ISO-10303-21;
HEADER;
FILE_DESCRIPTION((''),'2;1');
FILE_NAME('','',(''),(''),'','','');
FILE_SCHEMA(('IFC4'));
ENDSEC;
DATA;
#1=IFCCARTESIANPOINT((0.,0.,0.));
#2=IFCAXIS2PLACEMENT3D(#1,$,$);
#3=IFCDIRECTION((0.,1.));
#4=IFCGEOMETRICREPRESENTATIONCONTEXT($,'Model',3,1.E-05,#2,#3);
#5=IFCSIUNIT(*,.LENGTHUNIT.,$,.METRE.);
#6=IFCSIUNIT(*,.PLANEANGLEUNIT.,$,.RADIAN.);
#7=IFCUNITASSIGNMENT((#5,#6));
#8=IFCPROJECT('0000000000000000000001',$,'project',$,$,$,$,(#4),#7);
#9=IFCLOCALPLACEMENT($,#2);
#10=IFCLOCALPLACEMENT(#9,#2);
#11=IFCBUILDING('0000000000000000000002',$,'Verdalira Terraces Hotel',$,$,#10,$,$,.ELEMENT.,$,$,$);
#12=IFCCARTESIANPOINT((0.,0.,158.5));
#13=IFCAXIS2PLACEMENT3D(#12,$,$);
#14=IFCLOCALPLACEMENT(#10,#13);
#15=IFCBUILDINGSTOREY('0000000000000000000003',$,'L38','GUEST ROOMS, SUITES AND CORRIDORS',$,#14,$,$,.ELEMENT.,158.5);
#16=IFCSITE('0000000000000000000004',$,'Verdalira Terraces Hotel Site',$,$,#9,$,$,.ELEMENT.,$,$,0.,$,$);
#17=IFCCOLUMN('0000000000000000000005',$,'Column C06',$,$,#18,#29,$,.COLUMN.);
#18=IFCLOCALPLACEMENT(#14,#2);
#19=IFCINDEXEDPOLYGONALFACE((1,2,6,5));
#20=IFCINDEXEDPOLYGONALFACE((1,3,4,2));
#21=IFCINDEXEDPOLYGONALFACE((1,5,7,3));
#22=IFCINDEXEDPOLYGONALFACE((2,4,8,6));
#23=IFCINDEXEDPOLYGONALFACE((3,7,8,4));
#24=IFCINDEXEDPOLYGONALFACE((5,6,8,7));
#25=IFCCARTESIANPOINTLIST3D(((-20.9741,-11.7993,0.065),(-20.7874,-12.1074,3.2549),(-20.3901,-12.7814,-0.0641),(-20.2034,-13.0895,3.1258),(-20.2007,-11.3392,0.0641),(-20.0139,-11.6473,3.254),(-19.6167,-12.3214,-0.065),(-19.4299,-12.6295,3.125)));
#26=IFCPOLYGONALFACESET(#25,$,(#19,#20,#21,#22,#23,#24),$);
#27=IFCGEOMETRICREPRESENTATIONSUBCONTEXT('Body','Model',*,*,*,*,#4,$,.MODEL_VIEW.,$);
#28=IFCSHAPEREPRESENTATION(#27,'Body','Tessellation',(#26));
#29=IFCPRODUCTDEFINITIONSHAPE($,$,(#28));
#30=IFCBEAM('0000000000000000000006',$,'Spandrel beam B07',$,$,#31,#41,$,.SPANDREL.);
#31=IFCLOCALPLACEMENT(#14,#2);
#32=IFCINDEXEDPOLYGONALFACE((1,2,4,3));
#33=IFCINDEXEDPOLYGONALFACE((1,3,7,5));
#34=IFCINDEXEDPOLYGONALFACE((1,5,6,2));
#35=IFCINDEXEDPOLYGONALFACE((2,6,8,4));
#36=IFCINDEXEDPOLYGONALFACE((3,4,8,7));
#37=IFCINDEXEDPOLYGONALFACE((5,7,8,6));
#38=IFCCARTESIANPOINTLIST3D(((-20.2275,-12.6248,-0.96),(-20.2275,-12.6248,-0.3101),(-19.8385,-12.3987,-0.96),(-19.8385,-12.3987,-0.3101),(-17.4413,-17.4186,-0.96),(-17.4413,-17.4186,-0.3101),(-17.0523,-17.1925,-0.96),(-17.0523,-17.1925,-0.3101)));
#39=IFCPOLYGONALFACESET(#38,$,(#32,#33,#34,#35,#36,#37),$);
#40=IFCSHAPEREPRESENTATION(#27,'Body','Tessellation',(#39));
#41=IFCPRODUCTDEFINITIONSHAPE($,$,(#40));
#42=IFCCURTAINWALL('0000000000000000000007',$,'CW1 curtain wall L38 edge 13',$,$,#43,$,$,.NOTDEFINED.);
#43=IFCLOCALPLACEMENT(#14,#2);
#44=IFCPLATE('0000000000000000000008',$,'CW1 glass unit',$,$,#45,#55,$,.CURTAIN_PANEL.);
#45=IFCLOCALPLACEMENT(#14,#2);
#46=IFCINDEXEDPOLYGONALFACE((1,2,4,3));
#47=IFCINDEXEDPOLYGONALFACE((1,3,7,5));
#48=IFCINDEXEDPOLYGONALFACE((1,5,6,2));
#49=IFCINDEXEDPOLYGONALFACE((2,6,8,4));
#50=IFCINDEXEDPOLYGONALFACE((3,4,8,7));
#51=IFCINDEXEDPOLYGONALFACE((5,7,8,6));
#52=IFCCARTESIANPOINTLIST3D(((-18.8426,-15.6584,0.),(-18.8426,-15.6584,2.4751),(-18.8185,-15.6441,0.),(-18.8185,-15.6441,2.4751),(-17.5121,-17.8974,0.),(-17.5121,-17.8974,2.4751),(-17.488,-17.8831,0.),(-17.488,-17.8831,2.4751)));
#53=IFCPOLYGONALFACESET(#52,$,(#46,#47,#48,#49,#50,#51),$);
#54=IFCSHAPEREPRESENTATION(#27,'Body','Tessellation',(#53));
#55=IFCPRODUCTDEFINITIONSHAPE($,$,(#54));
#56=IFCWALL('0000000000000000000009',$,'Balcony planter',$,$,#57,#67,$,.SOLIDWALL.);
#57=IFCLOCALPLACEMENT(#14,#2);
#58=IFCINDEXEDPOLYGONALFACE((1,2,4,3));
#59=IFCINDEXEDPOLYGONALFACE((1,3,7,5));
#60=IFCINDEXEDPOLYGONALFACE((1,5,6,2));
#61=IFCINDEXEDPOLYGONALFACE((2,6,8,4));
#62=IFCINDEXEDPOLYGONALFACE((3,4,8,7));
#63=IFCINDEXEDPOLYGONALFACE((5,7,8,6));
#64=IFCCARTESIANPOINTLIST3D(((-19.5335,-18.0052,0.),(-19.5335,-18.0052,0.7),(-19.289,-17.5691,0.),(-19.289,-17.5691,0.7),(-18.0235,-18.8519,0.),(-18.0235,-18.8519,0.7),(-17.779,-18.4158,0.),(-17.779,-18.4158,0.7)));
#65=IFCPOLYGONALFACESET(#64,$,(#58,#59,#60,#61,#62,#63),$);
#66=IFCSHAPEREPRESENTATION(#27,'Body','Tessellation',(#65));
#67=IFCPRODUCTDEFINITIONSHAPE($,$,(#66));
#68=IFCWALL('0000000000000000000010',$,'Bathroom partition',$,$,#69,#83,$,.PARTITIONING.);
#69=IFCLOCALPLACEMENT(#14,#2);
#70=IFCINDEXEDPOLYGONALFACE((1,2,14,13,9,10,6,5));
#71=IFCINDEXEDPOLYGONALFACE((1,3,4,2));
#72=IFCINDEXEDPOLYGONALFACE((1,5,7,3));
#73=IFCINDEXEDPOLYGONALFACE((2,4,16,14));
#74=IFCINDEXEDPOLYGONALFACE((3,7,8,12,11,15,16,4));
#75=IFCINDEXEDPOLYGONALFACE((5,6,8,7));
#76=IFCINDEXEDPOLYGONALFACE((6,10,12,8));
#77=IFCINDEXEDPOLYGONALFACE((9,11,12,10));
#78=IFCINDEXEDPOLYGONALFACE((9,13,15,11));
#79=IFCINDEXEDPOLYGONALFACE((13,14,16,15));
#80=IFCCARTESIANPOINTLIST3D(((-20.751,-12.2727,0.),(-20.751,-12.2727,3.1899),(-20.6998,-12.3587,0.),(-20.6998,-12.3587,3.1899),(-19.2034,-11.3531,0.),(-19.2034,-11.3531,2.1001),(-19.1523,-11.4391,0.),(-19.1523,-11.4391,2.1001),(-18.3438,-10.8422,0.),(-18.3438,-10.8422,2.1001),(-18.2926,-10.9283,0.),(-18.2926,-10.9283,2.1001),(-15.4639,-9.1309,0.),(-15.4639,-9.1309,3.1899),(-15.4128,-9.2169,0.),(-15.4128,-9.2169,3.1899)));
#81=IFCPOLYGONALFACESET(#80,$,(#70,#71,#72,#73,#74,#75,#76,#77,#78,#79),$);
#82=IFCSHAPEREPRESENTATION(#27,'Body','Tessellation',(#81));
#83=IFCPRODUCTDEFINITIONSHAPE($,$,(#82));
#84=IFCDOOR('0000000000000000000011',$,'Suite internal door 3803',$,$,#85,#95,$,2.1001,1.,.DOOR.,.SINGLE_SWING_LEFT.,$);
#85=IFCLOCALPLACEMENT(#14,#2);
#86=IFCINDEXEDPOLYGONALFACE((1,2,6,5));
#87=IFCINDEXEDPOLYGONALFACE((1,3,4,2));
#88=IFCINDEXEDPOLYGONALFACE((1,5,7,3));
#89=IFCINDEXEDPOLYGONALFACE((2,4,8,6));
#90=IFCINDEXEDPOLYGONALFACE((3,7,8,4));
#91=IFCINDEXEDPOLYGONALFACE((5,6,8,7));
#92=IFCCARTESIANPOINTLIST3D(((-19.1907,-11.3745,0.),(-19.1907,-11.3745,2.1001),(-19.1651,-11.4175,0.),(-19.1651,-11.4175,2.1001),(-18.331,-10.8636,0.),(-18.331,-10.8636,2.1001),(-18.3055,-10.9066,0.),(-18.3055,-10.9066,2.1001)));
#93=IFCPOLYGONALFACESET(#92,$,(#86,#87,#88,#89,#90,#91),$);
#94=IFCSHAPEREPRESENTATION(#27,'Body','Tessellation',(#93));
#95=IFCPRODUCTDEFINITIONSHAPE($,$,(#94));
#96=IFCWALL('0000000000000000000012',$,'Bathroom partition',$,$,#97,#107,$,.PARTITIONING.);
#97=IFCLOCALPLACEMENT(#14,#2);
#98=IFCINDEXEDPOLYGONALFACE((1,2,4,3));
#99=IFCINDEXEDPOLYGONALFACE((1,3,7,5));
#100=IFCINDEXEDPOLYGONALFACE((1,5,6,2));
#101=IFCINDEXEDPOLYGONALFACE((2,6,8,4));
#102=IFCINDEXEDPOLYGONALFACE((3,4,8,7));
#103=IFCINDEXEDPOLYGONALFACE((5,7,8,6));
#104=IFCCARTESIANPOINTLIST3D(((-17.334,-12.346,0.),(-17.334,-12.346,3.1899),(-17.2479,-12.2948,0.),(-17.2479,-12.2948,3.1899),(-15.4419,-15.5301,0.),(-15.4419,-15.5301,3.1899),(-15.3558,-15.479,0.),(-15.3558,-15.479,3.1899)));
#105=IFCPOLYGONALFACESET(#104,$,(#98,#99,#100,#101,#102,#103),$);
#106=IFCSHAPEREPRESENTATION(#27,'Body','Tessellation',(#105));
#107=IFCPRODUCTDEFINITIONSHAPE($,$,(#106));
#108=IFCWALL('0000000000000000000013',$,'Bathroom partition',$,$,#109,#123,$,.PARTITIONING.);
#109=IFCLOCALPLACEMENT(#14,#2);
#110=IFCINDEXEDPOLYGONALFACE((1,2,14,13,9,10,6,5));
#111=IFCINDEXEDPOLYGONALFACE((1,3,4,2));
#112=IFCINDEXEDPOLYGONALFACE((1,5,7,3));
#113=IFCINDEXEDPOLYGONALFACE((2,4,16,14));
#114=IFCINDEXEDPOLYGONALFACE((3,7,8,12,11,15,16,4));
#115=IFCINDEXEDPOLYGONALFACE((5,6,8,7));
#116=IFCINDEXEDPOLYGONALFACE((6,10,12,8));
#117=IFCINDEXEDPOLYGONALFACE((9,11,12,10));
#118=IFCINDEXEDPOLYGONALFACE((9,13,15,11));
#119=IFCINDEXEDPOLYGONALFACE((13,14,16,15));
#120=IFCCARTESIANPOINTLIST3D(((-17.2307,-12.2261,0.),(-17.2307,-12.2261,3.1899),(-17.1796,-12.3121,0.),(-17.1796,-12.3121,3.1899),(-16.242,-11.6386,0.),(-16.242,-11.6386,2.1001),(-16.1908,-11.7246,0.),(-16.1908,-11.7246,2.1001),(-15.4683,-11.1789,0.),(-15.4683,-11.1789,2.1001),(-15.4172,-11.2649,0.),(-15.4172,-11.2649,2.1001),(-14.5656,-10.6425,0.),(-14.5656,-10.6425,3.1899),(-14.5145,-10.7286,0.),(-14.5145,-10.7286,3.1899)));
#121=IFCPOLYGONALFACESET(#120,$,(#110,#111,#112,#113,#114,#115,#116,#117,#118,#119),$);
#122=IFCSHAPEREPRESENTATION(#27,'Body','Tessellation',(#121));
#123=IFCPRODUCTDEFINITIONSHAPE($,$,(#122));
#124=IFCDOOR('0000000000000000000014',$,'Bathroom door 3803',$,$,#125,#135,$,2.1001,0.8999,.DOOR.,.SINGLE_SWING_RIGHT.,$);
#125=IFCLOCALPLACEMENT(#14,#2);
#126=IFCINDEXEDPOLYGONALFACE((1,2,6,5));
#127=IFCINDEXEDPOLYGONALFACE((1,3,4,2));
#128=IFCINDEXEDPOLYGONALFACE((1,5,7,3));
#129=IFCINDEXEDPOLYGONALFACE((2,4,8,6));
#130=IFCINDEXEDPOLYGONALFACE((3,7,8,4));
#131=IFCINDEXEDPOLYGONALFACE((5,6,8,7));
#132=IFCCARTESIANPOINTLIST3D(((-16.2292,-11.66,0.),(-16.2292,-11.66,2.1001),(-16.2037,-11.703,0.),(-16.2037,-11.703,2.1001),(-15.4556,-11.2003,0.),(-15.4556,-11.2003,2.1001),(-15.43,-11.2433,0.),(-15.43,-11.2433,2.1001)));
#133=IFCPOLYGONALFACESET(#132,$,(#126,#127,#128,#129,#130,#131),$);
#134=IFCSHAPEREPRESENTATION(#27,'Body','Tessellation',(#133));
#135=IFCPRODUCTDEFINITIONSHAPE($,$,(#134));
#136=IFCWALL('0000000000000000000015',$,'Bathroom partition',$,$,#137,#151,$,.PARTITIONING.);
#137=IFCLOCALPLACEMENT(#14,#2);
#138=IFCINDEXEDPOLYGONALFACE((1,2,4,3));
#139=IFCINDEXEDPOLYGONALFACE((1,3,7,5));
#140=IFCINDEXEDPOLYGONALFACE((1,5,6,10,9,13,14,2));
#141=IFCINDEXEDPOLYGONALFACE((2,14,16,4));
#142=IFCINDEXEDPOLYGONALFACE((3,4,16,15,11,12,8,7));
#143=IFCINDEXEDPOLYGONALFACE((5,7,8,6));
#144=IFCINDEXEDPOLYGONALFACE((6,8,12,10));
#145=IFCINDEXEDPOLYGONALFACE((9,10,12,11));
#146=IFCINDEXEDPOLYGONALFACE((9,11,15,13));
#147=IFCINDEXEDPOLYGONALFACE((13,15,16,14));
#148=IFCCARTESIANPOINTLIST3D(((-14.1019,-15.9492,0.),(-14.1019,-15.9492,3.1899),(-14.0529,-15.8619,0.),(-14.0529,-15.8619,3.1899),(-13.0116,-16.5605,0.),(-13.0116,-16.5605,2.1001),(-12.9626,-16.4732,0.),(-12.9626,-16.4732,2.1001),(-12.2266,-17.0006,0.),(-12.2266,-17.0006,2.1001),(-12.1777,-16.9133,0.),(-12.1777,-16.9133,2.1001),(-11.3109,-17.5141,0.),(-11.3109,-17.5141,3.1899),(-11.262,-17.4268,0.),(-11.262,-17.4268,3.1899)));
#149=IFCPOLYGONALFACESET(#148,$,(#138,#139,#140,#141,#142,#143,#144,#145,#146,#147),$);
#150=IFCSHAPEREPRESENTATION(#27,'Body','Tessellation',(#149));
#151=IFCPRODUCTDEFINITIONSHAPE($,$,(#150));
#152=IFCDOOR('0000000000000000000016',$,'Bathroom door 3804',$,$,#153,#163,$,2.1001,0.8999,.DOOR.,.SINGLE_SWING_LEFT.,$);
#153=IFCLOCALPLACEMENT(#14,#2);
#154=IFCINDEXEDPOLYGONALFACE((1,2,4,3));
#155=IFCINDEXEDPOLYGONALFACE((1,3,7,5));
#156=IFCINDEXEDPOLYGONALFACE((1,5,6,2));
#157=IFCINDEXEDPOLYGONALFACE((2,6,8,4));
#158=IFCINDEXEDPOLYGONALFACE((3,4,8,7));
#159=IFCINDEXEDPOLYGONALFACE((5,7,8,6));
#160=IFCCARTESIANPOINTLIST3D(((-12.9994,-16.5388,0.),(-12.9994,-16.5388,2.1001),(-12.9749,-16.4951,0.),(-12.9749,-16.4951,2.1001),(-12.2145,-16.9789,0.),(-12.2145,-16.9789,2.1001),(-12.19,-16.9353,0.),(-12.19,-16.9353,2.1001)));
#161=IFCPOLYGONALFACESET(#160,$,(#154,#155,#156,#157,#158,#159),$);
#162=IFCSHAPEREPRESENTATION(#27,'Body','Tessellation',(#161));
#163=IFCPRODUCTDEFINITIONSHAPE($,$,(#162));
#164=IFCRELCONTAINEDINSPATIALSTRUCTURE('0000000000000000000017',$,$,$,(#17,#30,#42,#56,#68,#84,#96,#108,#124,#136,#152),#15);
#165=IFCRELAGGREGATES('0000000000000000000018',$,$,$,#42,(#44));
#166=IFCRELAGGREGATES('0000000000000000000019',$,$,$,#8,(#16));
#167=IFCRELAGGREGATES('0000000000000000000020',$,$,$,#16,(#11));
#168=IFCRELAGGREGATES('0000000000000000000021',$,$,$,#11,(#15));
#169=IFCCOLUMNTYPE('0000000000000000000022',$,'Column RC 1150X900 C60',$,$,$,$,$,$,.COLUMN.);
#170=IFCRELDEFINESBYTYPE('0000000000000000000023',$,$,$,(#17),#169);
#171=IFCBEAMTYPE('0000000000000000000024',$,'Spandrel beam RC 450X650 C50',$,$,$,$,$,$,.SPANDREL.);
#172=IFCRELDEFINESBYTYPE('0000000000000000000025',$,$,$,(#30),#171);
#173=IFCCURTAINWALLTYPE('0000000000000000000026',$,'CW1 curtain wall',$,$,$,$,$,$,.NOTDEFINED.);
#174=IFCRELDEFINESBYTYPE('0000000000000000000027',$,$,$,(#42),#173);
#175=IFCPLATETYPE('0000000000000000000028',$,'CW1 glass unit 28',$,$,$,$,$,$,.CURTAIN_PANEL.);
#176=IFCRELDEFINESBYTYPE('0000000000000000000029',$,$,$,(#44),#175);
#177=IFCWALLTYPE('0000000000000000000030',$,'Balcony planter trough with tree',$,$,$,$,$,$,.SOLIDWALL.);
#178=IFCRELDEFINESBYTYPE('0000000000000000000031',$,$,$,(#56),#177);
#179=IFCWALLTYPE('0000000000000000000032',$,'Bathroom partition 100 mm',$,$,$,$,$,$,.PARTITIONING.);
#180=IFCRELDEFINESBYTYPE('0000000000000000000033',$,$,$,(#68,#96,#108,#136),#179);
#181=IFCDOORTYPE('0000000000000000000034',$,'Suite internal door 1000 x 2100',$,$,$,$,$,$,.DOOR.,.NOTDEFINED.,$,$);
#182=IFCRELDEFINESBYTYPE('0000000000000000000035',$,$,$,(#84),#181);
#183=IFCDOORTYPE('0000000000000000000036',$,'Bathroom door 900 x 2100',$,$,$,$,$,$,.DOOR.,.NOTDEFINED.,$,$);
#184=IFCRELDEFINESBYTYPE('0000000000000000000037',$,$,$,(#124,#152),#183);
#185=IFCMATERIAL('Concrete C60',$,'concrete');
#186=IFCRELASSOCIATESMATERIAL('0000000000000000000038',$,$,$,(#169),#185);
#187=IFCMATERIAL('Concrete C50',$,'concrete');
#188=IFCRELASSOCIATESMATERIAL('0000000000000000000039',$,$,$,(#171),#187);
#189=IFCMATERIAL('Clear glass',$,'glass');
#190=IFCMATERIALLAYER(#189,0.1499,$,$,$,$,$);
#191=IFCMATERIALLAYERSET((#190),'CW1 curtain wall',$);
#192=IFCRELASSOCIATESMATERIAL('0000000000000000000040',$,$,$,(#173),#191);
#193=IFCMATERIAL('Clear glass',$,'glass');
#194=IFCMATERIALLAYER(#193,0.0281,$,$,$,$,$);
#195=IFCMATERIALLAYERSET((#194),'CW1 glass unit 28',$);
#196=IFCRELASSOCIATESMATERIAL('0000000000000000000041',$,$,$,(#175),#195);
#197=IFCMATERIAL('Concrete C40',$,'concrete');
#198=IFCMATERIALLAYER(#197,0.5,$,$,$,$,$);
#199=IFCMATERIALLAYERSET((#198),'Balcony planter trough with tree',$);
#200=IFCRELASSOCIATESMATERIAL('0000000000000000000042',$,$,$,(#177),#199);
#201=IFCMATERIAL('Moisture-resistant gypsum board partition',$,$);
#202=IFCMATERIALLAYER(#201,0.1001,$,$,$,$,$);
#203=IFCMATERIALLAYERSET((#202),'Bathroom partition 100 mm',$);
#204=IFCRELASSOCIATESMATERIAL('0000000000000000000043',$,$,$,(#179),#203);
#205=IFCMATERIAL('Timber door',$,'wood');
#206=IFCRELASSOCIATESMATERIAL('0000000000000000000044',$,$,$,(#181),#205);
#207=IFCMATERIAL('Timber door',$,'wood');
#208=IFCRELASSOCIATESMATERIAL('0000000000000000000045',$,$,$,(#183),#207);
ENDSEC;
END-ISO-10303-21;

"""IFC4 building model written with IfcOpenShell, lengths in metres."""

from ifc_helpers import new_model, si_unit, direction, frame, frame_2d, origin, origin_2d, place, context, subcontext, project, spatial, rectangle, extrude, material, layer, layer_set, material_profile, profile_set, type_object, element, fill, aggregate, save


model = new_model("IFC4")

# Units and contexts
model_context = context("Model", 3, precision=1e-05, world=origin(), true_north=direction((0.0, 1.0)))
body_context = subcontext(model_context, "Body", "Model", "MODEL_VIEW")
ifc_project = project(units=[si_unit("LENGTHUNIT", "METRE"), si_unit("PLANEANGLEUNIT", "RADIAN")], contexts=[model_context])

# Site, building, storey
site_placement = place(None, origin())
site = spatial("IfcSite", under=ifc_project, at=site_placement, Name="Verdalira Terraces Hotel Site", CompositionType="ELEMENT", RefElevation=0.0)
building_placement = place(site_placement, origin())
building = spatial("IfcBuilding", under=site, at=building_placement, Name="Verdalira Terraces Hotel", CompositionType="ELEMENT")
storey_placement = place(building_placement, frame((0.0, 0.0, 158.5)))
storey = spatial("IfcBuildingStorey", under=building, at=storey_placement, Name="L38", Description="GUEST ROOMS, SUITES AND CORRIDORS", CompositionType="ELEMENT", Elevation=158.5)

# Column
ifc_material_1 = material(Name="Concrete C60", Category="concrete")
ifc_material_profile_1 = material_profile(ifc_material_1, rectangle(XDim=1.1499, YDim=0.8999, at=origin_2d()), Name="RC 1150X900")
ifc_profile_set_1 = profile_set([ifc_material_profile_1], Name="Concrete C60")
column_type = type_object("IfcColumnType", Name="Column RC 1150X900 C60", PredefinedType="COLUMN", material=ifc_profile_set_1)
column_placement = place(storey_placement, frame((-20.2954, -12.0603, 0.0), z_axis=(0.058179, -0.095976, 0.993682), x_axis=(0.507873, -0.85409, -0.112229)))
element("IfcColumn", 1, at=column_placement, inside=storey, type_object=column_type, Name="Column C06", PredefinedType="COLUMN", context=body_context, shape_type="SweptSolid", body=[
    extrude(rectangle(XDim=1.1499, YDim=0.8999, at=origin_2d()), origin(), (0.0, 0.0, 1.0), 3.2102),
])

# Beam
ifc_material_2 = material(Name="Concrete C50", Category="concrete")
ifc_material_profile_2 = material_profile(ifc_material_2, rectangle(XDim=0.45, YDim=0.6499, at=origin_2d()), Name="RC 450X650")
ifc_profile_set_2 = profile_set([ifc_material_profile_2], Name="Concrete C50")
beam_type = type_object("IfcBeamType", Name="Spandrel beam RC 450X650 C50", PredefinedType="SPANDREL", material=ifc_profile_set_2)
beam_placement = place(storey_placement, frame((-20.033, -12.5117, -0.635), z_axis=(0.502499, -0.864578, 0.0), x_axis=(0.864578, 0.502499, 0.0)))
element("IfcBeam", 2, at=beam_placement, inside=storey, type_object=beam_type, Name="Spandrel beam B07", PredefinedType="SPANDREL", context=body_context, shape_type="SweptSolid", body=[
    extrude(rectangle(XDim=0.45, YDim=0.6499, at=origin_2d()), origin(), (0.0, 0.0, 1.0), 5.5447),
])

# Curtain wall, plate
ifc_material_3 = material(Name="Clear glass", Category="glass")
ifc_layer_1 = layer(ifc_material_3, 0.1499)
ifc_layer_set_1 = layer_set([ifc_layer_1], Name="CW1 curtain wall")
curtain_wall_type = type_object("IfcCurtainWallType", Name="CW1 curtain wall", PredefinedType="NOTDEFINED", material=ifc_layer_set_1)
curtain_wall_placement = place(storey_placement, origin())
curtain_wall = element("IfcCurtainWall", 3, at=curtain_wall_placement, inside=storey, type_object=curtain_wall_type, Name="CW1 curtain wall L38 edge 13", PredefinedType="NOTDEFINED")
ifc_material_4 = material(Name="Clear glass", Category="glass")
ifc_layer_2 = layer(ifc_material_4, 0.0281)
ifc_layer_set_2 = layer_set([ifc_layer_2], Name="CW1 glass unit 28")
plate_type = type_object("IfcPlateType", Name="CW1 glass unit 28", PredefinedType="CURTAIN_PANEL", material=ifc_layer_set_2)
plate_placement = place(storey_placement, frame((-18.1653, -16.7708, 0.0), z_axis=(0.0, 0.0, 1.0), x_axis=(0.510843, -0.859674, 0.0)))
plate = element("IfcPlate", 4, at=plate_placement, type_object=plate_type, Name="CW1 glass unit", PredefinedType="CURTAIN_PANEL", context=body_context, shape_type="SweptSolid", body=[
    extrude(rectangle(XDim=2.6045, YDim=0.0281, at=origin_2d()), origin(), (0.0, 0.0, 1.0), 2.4751),
])
aggregate(curtain_wall, [plate])

# Wall
ifc_material_5 = material(Name="Concrete C40", Category="concrete")
ifc_layer_3 = layer(ifc_material_5, 0.5)
ifc_layer_set_3 = layer_set([ifc_layer_3], Name="Balcony planter trough with tree")
wall_type_1 = type_object("IfcWallType", Name="Balcony planter trough with tree", PredefinedType="SOLIDWALL", material=ifc_layer_set_3)
wall_1_placement = place(storey_placement, frame((-19.4114, -17.7871, 0.0), z_axis=(0.0, 0.0, 1.0), x_axis=(0.872241, -0.489076, 0.0)))
element("IfcWall", 5, at=wall_1_placement, inside=storey, type_object=wall_type_1, Name="Balcony planter", PredefinedType="SOLIDWALL", context=body_context, shape_type="SweptSolid", body=[
    extrude(rectangle(XDim=1.7312, YDim=0.5, at=frame_2d((0.8657, 0.0))), origin(), (0.0, 0.0, 1.0), 0.7),
])

# Wall, opening, door
ifc_material_6 = material(Name="Moisture-resistant gypsum board partition")
ifc_layer_4 = layer(ifc_material_6, 0.1001)
ifc_layer_set_4 = layer_set([ifc_layer_4], Name="Bathroom partition 100 mm")
wall_type_2 = type_object("IfcWallType", Name="Bathroom partition 100 mm", PredefinedType="PARTITIONING", material=ifc_layer_set_4)
wall_2_placement = place(storey_placement, frame((-15.4382, -9.1738, 0.0), z_axis=(0.0, 0.0, 1.0), x_axis=(-0.859667, -0.510854, 0.0)))
wall_2 = element("IfcWall", 6, at=wall_2_placement, inside=storey, type_object=wall_type_2, Name="Bathroom partition", PredefinedType="PARTITIONING", context=body_context, shape_type="SweptSolid", body=[
    extrude(rectangle(XDim=6.1501, YDim=0.1001, at=frame_2d((3.0752, 0.0))), origin(), (0.0, 0.0, 1.0), 3.1899),
])
opening_1_placement = place(wall_2_placement, frame((3.3501, 0.0, 0.0)))
opening_1 = element("IfcOpeningElement", 7, at=opening_1_placement, cuts=wall_2, PredefinedType="OPENING", context=body_context, shape_type="SweptSolid", body=[
    extrude(rectangle(XDim=1.0, YDim=2.1001, at=frame_2d((0.5, 1.05))), frame((0.0, 0.0601, 0.0), z_axis=(0.0, -1.0, 0.0), x_axis=(1.0, 0.0, 0.0)), (0.0, 0.0, 1.0), 0.1201),
])
ifc_material_7 = material(Name="Timber door", Category="wood")
door_type_1 = type_object("IfcDoorType", Name="Suite internal door 1000 x 2100", OperationType="NOTDEFINED", PredefinedType="DOOR", material=ifc_material_7)
door_1_placement = place(opening_1_placement, origin())
door_1 = element("IfcDoor", 8, at=door_1_placement, inside=storey, type_object=door_type_1, Name="Suite internal door 3803", OperationType="SINGLE_SWING_LEFT", OverallHeight=2.1001, OverallWidth=1.0, PredefinedType="DOOR", context=body_context, shape_type="SweptSolid", body=[
    extrude(rectangle(XDim=1.0, YDim=2.1001, at=frame_2d((0.5, 1.05))), frame((0.0, 0.0249, 0.0), z_axis=(0.0, -1.0, 0.0), x_axis=(1.0, 0.0, 0.0)), (0.0, 0.0, 1.0), 0.05),
])
fill(opening_1, door_1)

# Wall
wall_3_placement = place(storey_placement, frame((-17.291, -12.3203, 0.0), z_axis=(0.0, 0.0, 1.0), x_axis=(0.510846, -0.859672, 0.0)))
element("IfcWall", 9, at=wall_3_placement, inside=storey, type_object=wall_type_2, Name="Bathroom partition", PredefinedType="PARTITIONING", context=body_context, shape_type="SweptSolid", body=[
    extrude(rectangle(XDim=3.7039, YDim=0.1001, at=frame_2d((1.8521, 0.0))), origin(), (0.0, 0.0, 1.0), 3.1899),
])

# Walls, openings, doors
wall_4_placement = place(storey_placement, frame((-14.54, -10.6855, 0.0), z_axis=(0.0, 0.0, 1.0), x_axis=(-0.859695, -0.510808, 0.0)))
wall_4 = element("IfcWall", 10, at=wall_4_placement, inside=storey, type_object=wall_type_2, Name="Bathroom partition", PredefinedType="PARTITIONING", context=body_context, shape_type="SweptSolid", body=[
    extrude(rectangle(XDim=3.1001, YDim=0.1001, at=frame_2d((1.55, 0.0))), origin(), (0.0, 0.0, 1.0), 3.1899),
])
opening_2_placement = place(wall_4_placement, frame((1.05, 0.0, 0.0)))
opening_2 = element("IfcOpeningElement", 11, at=opening_2_placement, cuts=wall_4, PredefinedType="OPENING", context=body_context, shape_type="SweptSolid", body=[
    extrude(rectangle(XDim=0.8999, YDim=2.1001, at=frame_2d((0.45, 1.05))), frame((0.0, 0.0601, 0.0), z_axis=(0.0, -1.0, 0.0), x_axis=(1.0, 0.0, 0.0)), (0.0, 0.0, 1.0), 0.1201),
])
ifc_material_8 = material(Name="Timber door", Category="wood")
door_type_2 = type_object("IfcDoorType", Name="Bathroom door 900 x 2100", OperationType="NOTDEFINED", PredefinedType="DOOR", material=ifc_material_8)
door_2_placement = place(opening_2_placement, origin())
door_2 = element("IfcDoor", 12, at=door_2_placement, inside=storey, type_object=door_type_2, Name="Bathroom door 3803", OperationType="SINGLE_SWING_RIGHT", OverallHeight=2.1001, OverallWidth=0.8999, PredefinedType="DOOR", context=body_context, shape_type="SweptSolid", body=[
    extrude(rectangle(XDim=0.8999, YDim=2.1001, at=frame_2d((0.45, 1.05))), frame((0.0, 0.0249, 0.0), z_axis=(0.0, -1.0, 0.0), x_axis=(1.0, 0.0, 0.0)), (0.0, 0.0, 1.0), 0.05),
])
fill(opening_2, door_2)
wall_5_placement = place(storey_placement, frame((-14.0774, -15.9055, 0.0), z_axis=(0.0, 0.0, 1.0), x_axis=(0.872243, -0.489073, 0.0)))
wall_5 = element("IfcWall", 13, at=wall_5_placement, inside=storey, type_object=wall_type_2, Name="Bathroom partition", PredefinedType="PARTITIONING", context=body_context, shape_type="SweptSolid", body=[
    extrude(rectangle(XDim=3.1997, YDim=0.1001, at=frame_2d((1.5999, 0.0))), origin(), (0.0, 0.0, 1.0), 3.1899),
])
opening_3_placement = place(wall_5_placement, frame((1.25, 0.0, 0.0)))
opening_3 = element("IfcOpeningElement", 14, at=opening_3_placement, cuts=wall_5, PredefinedType="OPENING", context=body_context, shape_type="SweptSolid", body=[
    extrude(rectangle(XDim=0.8999, YDim=2.1001, at=frame_2d((0.45, 1.05))), frame((0.0, 0.0601, 0.0), z_axis=(0.0, -1.0, 0.0), x_axis=(1.0, 0.0, 0.0)), (0.0, 0.0, 1.0), 0.1201),
])
door_3_placement = place(opening_3_placement, origin())
door_3 = element("IfcDoor", 15, at=door_3_placement, inside=storey, type_object=door_type_2, Name="Bathroom door 3804", OperationType="SINGLE_SWING_LEFT", OverallHeight=2.1001, OverallWidth=0.8999, PredefinedType="DOOR", context=body_context, shape_type="SweptSolid", body=[
    extrude(rectangle(XDim=0.8999, YDim=2.1001, at=frame_2d((0.45, 1.05))), frame((0.0, 0.0249, 0.0), z_axis=(0.0, -1.0, 0.0), x_axis=(1.0, 0.0, 0.0)), (0.0, 0.0, 1.0), 0.05),
])
fill(opening_3, door_3)

save(model, "model.ifc")
